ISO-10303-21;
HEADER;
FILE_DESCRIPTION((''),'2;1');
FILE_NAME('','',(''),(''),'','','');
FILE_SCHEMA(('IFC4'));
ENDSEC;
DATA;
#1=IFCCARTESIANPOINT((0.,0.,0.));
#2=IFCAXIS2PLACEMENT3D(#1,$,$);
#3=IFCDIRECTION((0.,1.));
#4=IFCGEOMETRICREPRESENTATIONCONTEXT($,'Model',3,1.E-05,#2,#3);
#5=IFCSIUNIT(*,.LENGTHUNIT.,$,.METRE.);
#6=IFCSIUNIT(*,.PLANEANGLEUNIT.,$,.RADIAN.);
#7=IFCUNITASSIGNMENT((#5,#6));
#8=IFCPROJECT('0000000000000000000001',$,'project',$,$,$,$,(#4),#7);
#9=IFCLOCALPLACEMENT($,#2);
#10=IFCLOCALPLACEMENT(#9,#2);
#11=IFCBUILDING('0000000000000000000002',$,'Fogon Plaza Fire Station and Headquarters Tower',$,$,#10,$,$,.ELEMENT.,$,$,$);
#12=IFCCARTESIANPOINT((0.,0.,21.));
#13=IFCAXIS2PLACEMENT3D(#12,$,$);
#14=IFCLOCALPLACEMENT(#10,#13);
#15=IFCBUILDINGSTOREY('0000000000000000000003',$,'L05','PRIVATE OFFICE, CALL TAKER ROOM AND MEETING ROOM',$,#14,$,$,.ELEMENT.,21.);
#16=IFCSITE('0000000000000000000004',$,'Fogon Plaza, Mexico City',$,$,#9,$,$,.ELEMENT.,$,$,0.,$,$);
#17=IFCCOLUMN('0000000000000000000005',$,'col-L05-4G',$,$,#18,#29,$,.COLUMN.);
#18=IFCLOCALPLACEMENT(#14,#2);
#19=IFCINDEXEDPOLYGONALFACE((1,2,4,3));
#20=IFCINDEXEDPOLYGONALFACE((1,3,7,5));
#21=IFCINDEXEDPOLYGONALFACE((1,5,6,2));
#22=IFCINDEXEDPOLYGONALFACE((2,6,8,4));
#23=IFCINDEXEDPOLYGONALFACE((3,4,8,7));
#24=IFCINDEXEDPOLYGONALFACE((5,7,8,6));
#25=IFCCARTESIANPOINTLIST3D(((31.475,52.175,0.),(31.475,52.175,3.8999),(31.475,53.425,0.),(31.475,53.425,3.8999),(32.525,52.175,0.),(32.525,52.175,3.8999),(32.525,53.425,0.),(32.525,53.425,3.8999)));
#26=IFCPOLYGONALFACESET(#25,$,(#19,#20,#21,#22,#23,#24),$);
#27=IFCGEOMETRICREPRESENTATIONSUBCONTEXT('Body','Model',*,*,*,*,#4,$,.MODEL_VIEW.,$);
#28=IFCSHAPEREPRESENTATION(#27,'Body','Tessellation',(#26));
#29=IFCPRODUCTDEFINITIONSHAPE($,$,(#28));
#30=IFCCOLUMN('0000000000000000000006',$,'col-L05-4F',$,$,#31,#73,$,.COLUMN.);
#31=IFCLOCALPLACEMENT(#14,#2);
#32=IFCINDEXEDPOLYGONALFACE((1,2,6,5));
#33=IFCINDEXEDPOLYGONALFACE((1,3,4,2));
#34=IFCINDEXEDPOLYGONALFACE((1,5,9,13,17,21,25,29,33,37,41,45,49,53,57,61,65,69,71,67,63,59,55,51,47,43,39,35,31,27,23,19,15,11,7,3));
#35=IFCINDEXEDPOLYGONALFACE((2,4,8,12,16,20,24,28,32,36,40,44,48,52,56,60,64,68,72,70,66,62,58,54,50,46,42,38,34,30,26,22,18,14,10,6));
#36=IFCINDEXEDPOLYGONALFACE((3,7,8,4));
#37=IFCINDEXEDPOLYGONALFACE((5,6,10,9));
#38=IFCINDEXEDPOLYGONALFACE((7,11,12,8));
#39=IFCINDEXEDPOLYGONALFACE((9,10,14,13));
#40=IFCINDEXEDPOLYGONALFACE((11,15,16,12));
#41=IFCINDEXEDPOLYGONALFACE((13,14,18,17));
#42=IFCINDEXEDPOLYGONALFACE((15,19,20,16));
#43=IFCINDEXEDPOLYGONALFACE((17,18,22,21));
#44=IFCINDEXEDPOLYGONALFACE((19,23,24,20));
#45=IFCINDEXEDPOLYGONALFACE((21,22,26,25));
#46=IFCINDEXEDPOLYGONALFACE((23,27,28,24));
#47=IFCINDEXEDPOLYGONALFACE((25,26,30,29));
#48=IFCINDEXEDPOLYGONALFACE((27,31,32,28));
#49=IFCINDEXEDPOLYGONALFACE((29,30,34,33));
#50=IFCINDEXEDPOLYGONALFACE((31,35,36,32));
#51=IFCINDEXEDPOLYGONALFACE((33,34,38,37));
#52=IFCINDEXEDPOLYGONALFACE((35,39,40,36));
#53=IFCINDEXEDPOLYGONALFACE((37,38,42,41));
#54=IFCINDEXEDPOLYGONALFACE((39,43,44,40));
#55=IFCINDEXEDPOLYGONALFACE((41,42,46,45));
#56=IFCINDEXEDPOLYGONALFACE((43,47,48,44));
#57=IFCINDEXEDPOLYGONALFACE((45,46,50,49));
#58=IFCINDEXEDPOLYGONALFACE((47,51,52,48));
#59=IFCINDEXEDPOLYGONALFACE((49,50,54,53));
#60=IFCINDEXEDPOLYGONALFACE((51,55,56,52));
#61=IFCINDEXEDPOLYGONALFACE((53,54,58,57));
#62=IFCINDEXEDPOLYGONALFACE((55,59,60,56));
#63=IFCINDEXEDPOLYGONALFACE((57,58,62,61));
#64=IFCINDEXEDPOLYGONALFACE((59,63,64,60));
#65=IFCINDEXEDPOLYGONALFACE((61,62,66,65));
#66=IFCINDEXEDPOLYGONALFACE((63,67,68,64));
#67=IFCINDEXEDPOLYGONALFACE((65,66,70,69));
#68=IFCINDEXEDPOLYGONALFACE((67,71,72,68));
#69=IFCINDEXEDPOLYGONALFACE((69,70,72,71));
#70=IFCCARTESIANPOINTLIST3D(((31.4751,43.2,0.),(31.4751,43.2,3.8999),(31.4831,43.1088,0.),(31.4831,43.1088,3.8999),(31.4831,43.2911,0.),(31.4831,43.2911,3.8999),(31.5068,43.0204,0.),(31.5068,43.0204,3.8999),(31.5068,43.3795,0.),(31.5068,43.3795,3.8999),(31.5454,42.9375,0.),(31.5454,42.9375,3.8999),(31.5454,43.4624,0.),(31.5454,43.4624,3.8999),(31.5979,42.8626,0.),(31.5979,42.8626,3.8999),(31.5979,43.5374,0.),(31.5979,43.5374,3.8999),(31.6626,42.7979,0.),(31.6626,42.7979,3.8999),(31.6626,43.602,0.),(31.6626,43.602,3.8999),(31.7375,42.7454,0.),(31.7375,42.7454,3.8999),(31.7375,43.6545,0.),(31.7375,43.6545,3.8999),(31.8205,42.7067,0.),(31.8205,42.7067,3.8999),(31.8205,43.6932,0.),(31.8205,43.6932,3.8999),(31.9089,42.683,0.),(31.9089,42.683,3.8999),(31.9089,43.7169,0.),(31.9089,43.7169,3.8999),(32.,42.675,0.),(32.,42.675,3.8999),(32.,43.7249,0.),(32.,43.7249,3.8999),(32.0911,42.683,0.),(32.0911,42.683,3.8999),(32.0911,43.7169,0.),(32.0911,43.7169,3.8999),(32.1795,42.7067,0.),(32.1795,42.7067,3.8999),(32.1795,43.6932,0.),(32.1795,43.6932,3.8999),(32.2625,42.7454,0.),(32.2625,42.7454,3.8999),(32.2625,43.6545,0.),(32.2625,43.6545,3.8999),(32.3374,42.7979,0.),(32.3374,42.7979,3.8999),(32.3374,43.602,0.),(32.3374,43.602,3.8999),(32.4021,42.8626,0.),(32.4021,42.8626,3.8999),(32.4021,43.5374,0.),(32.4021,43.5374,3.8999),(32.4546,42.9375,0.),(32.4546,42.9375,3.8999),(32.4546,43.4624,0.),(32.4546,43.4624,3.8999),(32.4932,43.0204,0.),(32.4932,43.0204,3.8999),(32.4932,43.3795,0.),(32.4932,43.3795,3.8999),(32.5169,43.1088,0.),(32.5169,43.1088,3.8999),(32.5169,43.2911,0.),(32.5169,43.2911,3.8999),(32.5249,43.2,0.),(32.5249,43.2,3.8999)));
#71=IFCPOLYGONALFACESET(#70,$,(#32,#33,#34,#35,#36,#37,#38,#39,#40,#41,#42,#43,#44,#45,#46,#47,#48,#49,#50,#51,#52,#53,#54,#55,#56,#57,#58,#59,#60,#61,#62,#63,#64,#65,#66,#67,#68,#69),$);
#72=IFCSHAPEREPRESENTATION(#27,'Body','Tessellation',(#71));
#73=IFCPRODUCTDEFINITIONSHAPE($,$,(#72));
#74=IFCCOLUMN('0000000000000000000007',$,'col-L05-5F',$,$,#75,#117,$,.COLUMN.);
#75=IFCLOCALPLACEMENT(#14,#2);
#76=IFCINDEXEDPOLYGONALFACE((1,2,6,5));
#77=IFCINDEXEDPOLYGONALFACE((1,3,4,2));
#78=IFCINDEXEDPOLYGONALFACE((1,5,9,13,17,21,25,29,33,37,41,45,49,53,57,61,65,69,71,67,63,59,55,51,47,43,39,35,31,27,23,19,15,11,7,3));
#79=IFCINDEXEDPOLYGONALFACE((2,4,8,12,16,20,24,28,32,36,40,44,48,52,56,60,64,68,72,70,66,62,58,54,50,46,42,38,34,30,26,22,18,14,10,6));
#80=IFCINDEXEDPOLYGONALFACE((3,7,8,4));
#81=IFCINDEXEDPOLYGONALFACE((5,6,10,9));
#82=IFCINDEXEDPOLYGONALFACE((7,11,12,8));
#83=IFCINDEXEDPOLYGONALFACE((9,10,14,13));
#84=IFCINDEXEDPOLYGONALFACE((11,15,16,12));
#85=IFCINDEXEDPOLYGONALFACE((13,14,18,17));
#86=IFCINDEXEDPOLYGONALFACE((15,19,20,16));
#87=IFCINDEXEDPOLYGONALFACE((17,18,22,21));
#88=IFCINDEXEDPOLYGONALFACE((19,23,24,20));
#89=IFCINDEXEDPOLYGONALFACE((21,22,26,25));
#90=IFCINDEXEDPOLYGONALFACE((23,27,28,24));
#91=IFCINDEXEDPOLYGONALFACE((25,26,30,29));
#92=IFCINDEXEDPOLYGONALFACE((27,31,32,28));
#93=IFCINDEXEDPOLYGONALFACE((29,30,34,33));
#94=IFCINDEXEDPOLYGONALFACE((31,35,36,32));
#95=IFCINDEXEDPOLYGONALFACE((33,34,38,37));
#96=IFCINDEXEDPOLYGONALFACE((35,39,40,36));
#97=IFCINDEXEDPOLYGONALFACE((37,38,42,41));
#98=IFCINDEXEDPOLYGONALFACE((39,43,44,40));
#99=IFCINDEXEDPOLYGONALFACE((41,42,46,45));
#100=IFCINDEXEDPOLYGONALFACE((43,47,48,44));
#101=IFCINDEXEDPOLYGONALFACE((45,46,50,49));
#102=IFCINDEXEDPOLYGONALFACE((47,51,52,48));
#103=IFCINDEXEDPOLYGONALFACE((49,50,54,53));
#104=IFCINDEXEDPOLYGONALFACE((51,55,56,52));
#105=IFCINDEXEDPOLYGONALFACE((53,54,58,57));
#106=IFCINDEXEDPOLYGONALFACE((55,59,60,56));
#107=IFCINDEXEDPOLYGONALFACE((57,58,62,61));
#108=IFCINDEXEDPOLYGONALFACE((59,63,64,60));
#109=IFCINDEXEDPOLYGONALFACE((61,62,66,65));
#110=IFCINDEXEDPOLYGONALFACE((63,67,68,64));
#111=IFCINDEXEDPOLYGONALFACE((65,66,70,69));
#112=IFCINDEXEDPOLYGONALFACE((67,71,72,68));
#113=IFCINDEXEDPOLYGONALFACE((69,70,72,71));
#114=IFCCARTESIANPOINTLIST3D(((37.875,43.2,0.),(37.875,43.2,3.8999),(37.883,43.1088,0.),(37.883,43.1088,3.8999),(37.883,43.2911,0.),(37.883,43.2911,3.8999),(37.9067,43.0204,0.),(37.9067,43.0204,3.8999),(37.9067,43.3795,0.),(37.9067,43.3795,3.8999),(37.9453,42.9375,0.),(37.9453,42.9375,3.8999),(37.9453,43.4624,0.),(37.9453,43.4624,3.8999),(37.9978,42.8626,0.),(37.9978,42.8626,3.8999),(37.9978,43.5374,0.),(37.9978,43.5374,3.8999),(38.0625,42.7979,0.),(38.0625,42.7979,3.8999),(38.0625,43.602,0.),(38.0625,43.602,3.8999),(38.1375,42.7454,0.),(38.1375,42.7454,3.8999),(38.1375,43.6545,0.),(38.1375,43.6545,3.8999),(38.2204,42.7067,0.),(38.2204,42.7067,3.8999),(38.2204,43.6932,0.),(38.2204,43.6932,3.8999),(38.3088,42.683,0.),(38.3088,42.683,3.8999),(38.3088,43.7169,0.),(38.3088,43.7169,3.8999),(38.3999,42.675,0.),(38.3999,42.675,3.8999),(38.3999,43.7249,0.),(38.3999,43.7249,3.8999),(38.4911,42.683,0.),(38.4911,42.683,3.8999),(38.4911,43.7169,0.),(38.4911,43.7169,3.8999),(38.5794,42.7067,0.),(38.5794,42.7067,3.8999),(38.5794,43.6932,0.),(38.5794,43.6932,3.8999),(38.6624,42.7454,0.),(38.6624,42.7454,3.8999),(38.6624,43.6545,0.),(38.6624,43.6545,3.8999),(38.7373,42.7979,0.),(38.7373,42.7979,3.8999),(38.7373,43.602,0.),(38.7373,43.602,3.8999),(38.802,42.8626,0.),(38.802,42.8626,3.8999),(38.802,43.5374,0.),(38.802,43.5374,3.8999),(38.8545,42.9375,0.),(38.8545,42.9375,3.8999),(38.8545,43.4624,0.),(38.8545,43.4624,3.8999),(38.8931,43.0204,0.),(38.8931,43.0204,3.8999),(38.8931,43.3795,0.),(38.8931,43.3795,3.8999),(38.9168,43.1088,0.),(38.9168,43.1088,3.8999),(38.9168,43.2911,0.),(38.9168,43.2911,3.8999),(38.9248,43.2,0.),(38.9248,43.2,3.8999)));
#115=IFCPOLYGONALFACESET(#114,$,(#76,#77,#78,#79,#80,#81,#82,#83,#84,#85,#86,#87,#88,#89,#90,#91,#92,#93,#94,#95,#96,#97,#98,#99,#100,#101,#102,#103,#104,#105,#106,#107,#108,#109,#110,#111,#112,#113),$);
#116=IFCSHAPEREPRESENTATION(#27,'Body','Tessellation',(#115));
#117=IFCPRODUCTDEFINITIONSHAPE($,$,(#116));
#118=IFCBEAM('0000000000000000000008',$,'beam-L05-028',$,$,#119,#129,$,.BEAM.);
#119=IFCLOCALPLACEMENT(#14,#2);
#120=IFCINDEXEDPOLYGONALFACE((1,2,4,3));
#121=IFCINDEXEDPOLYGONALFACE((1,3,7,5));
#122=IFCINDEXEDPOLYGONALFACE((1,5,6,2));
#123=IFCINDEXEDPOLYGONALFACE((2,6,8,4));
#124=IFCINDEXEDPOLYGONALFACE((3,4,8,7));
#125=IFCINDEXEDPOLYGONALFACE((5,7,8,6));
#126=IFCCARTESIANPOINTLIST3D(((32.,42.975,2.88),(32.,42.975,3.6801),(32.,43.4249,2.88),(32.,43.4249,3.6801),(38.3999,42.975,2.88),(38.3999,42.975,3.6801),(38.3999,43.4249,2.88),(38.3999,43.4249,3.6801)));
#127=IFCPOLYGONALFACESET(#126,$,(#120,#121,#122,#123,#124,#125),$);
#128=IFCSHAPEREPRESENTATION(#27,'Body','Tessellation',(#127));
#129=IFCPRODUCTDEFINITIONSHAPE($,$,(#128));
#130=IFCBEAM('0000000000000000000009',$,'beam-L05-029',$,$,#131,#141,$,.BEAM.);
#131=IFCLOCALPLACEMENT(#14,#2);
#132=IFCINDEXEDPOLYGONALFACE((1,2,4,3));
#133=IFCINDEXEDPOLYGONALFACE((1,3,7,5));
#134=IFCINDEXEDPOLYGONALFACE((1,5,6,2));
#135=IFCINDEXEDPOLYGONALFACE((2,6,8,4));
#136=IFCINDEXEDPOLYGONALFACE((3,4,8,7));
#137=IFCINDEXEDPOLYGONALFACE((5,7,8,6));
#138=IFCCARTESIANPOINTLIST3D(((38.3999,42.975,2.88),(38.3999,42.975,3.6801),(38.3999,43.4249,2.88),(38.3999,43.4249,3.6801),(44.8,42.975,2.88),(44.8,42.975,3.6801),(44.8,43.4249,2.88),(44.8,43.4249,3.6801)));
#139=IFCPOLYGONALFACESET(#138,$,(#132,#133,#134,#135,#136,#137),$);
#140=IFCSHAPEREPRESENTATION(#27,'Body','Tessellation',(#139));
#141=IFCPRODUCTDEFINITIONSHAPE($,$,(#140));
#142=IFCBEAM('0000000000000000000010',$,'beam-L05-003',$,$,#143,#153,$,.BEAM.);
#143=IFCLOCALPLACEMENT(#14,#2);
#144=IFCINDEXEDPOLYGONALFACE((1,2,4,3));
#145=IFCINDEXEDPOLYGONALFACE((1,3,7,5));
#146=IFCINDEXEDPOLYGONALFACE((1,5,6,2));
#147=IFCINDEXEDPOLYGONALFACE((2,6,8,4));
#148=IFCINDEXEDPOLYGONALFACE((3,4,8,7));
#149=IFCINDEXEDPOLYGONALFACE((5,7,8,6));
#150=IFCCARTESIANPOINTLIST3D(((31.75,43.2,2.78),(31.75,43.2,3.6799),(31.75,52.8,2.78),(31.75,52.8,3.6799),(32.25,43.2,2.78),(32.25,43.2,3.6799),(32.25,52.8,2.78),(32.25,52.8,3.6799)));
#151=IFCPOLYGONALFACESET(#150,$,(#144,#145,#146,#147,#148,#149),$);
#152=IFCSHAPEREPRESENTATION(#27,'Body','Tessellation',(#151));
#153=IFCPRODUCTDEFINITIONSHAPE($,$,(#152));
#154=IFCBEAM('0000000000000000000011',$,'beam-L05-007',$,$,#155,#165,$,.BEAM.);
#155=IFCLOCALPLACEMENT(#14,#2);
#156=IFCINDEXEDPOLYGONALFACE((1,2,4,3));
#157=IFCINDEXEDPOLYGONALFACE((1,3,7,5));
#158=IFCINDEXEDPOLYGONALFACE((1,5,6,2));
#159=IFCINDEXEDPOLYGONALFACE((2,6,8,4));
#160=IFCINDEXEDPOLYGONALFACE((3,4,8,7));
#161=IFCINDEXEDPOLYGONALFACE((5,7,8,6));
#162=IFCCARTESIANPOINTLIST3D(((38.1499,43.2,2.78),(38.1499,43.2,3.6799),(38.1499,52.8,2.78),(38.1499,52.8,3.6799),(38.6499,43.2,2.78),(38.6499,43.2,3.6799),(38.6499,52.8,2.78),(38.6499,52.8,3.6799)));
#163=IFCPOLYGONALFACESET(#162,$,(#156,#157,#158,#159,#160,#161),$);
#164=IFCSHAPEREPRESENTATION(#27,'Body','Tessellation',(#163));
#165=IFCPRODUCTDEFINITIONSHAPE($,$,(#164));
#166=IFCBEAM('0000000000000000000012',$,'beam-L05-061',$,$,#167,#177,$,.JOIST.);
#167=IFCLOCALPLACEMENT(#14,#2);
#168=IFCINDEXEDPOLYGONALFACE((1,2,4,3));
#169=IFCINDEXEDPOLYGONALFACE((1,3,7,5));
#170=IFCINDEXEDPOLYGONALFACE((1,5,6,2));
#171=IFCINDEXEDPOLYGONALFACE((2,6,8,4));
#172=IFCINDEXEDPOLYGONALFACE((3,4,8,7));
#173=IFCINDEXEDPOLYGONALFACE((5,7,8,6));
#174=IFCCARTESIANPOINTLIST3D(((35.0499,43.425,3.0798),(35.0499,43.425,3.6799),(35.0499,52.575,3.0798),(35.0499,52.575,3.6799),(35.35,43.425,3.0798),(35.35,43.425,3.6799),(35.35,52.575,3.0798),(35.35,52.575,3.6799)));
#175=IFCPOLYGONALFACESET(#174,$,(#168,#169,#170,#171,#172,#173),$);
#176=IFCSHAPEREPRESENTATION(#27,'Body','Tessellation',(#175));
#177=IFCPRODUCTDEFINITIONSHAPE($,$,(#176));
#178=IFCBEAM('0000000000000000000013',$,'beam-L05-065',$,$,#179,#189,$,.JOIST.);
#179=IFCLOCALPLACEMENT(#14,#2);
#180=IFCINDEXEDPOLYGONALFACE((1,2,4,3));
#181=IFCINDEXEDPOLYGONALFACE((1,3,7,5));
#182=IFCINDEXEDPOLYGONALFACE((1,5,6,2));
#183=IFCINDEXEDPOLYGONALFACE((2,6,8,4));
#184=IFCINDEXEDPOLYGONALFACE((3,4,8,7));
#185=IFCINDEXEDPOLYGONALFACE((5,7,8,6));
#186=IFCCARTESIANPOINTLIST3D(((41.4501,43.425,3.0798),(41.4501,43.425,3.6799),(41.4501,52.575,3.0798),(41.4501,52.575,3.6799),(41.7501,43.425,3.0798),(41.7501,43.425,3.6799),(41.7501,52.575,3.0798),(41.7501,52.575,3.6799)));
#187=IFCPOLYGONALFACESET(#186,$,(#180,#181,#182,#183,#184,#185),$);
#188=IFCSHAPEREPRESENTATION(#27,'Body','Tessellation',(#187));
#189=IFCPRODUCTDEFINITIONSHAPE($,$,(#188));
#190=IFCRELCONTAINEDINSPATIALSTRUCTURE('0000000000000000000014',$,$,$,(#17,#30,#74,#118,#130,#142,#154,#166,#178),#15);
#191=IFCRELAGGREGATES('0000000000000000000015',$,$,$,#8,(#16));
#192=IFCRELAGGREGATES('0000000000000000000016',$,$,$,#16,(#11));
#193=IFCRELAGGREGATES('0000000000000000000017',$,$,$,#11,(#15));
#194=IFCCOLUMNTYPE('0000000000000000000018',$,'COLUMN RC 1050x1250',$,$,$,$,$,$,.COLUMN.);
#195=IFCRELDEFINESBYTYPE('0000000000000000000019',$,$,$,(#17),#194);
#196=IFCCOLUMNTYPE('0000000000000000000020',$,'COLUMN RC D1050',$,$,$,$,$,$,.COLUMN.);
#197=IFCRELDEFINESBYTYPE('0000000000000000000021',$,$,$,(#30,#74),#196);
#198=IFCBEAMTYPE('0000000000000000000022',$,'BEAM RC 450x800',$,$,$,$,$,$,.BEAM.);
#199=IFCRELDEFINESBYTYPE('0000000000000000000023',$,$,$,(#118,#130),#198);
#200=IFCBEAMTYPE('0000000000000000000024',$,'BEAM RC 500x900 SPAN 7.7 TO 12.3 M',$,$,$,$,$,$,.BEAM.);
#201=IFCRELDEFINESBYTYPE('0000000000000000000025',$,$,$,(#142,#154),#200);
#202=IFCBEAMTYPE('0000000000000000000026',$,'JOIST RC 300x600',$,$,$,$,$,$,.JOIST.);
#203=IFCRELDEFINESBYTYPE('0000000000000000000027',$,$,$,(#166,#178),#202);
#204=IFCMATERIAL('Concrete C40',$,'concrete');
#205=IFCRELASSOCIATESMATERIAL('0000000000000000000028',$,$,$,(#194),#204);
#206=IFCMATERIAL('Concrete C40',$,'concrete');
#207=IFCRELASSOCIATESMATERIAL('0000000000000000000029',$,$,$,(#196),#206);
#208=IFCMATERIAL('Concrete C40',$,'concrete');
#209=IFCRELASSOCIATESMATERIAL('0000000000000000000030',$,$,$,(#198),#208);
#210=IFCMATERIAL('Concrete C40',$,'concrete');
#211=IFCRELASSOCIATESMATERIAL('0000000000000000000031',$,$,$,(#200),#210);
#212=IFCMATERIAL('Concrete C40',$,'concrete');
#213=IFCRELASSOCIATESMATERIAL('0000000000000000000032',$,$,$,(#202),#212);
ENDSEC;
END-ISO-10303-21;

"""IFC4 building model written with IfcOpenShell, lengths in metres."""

from ifc_helpers import new_model, si_unit, direction, frame, origin, origin_2d, place, context, subcontext, project, spatial, rectangle, circle, extrude, material, material_profile, profile_set, type_object, element, save


model = new_model("IFC4")

# Units and contexts
model_context = context("Model", 3, precision=1e-05, world=origin(), true_north=direction((0.0, 1.0)))
body_context = subcontext(model_context, "Body", "Model", "MODEL_VIEW")
ifc_project = project(units=[si_unit("LENGTHUNIT", "METRE"), si_unit("PLANEANGLEUNIT", "RADIAN")], contexts=[model_context])

# Site, building, storey
site_placement = place(None, origin())
site = spatial("IfcSite", under=ifc_project, at=site_placement, Name="Fogon Plaza, Mexico City", CompositionType="ELEMENT", RefElevation=0.0)
building_placement = place(site_placement, origin())
building = spatial("IfcBuilding", under=site, at=building_placement, Name="Fogon Plaza Fire Station and Headquarters Tower", CompositionType="ELEMENT")
storey_placement = place(building_placement, frame((0.0, 0.0, 21.0)))
storey = spatial("IfcBuildingStorey", under=building, at=storey_placement, Name="L05", Description="PRIVATE OFFICE, CALL TAKER ROOM AND MEETING ROOM", CompositionType="ELEMENT", Elevation=21.0)

# Columns
ifc_material_1 = material(Name="Concrete C40", Category="concrete")
ifc_material_profile_1 = material_profile(ifc_material_1, rectangle(XDim=1.05, YDim=1.25, at=origin_2d()), Name="RC 1050x1250")
ifc_profile_set_1 = profile_set([ifc_material_profile_1], Name="Concrete C40")
column_type_1 = type_object("IfcColumnType", Name="COLUMN RC 1050x1250", PredefinedType="COLUMN", material=ifc_profile_set_1)
column_placement = place(storey_placement, frame((32.0, 52.8, 0.0), z_axis=(0.0, 0.0, 1.0), x_axis=(1.0, 0.0, 0.0)))
element("IfcColumn", 1, at=column_placement, inside=storey, type_object=column_type_1, Name="col-L05-4G", PredefinedType="COLUMN", context=body_context, shape_type="SweptSolid", body=[
    extrude(rectangle(XDim=1.05, YDim=1.25, at=origin_2d()), origin(), (0.0, 0.0, 1.0), 3.8999),
])
ifc_material_2 = material(Name="Concrete C40", Category="concrete")
ifc_material_profile_2 = material_profile(ifc_material_2, circle(Radius=0.5249, at=origin_2d()), Name="RC D1050")
ifc_profile_set_2 = profile_set([ifc_material_profile_2], Name="Concrete C40")
column_type_2 = type_object("IfcColumnType", Name="COLUMN RC D1050", PredefinedType="COLUMN", material=ifc_profile_set_2)
for number, where, z_axis, x_axis, name in (
    (2, (32.0, 43.2, 0.0), (0.0, 0.0, 1.0), (1.0, 0.0, 0.0), "col-L05-4F"),
    (3, (38.3999, 43.2, 0.0), (0.0, 0.0, 1.0), (1.0, 0.0, 0.0), "col-L05-5F"),
):
    element("IfcColumn", number, at=place(storey_placement, frame(where, z_axis=z_axis, x_axis=x_axis)), inside=storey, type_object=column_type_2, Name=name, PredefinedType="COLUMN", context=body_context, shape_type="SweptSolid", body=[
        extrude(circle(Radius=0.5249, at=origin_2d()), origin(), (0.0, 0.0, 1.0), 3.8999),
    ])

# Beams
ifc_material_3 = material(Name="Concrete C40", Category="concrete")
ifc_material_profile_3 = material_profile(ifc_material_3, rectangle(XDim=0.45, YDim=0.8, at=origin_2d()), Name="RC 450x800")
ifc_profile_set_3 = profile_set([ifc_material_profile_3], Name="Concrete C40")
beam_type_1 = type_object("IfcBeamType", Name="BEAM RC 450x800", PredefinedType="BEAM", material=ifc_profile_set_3)
beam_1_placement = place(storey_placement, frame((32.0, 43.2, 3.28), z_axis=(1.0, 0.0, 0.0), x_axis=(0.0, 1.0, 0.0)))
element("IfcBeam", 4, at=beam_1_placement, inside=storey, type_object=beam_type_1, Name="beam-L05-028", PredefinedType="BEAM", context=body_context, shape_type="SweptSolid", body=[
    extrude(rectangle(XDim=0.45, YDim=0.8, at=origin_2d()), origin(), (0.0, 0.0, 1.0), 6.3999),
])
beam_2_placement = place(storey_placement, frame((38.3999, 43.2, 3.28), z_axis=(1.0, 0.0, 0.0), x_axis=(0.0, 1.0, 0.0)))
element("IfcBeam", 5, at=beam_2_placement, inside=storey, type_object=beam_type_1, Name="beam-L05-029", PredefinedType="BEAM", context=body_context, shape_type="SweptSolid", body=[
    extrude(rectangle(XDim=0.45, YDim=0.8, at=origin_2d()), origin(), (0.0, 0.0, 1.0), 6.4001),
])
ifc_material_4 = material(Name="Concrete C40", Category="concrete")
ifc_material_profile_4 = material_profile(ifc_material_4, rectangle(XDim=0.5, YDim=0.8999, at=origin_2d()), Name="RC 500x900")
ifc_profile_set_4 = profile_set([ifc_material_profile_4], Name="Concrete C40")
beam_type_2 = type_object("IfcBeamType", Name="BEAM RC 500x900 SPAN 7.7 TO 12.3 M", PredefinedType="BEAM", material=ifc_profile_set_4)
for number, where, z_axis, x_axis, name in (
    (6, (32.0, 43.2, 3.23), (0.0, 1.0, 0.0), (-1.0, 0.0, 0.0), "beam-L05-003"),
    (7, (38.3999, 43.2, 3.23), (0.0, 1.0, 0.0), (-1.0, 0.0, 0.0), "beam-L05-007"),
):
    element("IfcBeam", number, at=place(storey_placement, frame(where, z_axis=z_axis, x_axis=x_axis)), inside=storey, type_object=beam_type_2, Name=name, PredefinedType="BEAM", context=body_context, shape_type="SweptSolid", body=[
        extrude(rectangle(XDim=0.5, YDim=0.8999, at=origin_2d()), origin(), (0.0, 0.0, 1.0), 9.6001),
    ])
ifc_material_5 = material(Name="Concrete C40", Category="concrete")
ifc_material_profile_5 = material_profile(ifc_material_5, rectangle(XDim=0.3, YDim=0.6001, at=origin_2d()), Name="RC 300x600")
ifc_profile_set_5 = profile_set([ifc_material_profile_5], Name="Concrete C40")
beam_type_3 = type_object("IfcBeamType", Name="JOIST RC 300x600", PredefinedType="JOIST", material=ifc_profile_set_5)
for number, where, z_axis, x_axis, name in (
    (8, (35.2, 43.425, 3.3799), (0.0, 1.0, 0.0), (-1.0, 0.0, 0.0), "beam-L05-061"),
    (9, (41.6001, 43.425, 3.3799), (0.0, 1.0, 0.0), (-1.0, 0.0, 0.0), "beam-L05-065"),
):
    element("IfcBeam", number, at=place(storey_placement, frame(where, z_axis=z_axis, x_axis=x_axis)), inside=storey, type_object=beam_type_3, Name=name, PredefinedType="JOIST", context=body_context, shape_type="SweptSolid", body=[
        extrude(rectangle(XDim=0.3, YDim=0.6001, at=origin_2d()), origin(), (0.0, 0.0, 1.0), 9.1499),
    ])

save(model, "model.ifc")
